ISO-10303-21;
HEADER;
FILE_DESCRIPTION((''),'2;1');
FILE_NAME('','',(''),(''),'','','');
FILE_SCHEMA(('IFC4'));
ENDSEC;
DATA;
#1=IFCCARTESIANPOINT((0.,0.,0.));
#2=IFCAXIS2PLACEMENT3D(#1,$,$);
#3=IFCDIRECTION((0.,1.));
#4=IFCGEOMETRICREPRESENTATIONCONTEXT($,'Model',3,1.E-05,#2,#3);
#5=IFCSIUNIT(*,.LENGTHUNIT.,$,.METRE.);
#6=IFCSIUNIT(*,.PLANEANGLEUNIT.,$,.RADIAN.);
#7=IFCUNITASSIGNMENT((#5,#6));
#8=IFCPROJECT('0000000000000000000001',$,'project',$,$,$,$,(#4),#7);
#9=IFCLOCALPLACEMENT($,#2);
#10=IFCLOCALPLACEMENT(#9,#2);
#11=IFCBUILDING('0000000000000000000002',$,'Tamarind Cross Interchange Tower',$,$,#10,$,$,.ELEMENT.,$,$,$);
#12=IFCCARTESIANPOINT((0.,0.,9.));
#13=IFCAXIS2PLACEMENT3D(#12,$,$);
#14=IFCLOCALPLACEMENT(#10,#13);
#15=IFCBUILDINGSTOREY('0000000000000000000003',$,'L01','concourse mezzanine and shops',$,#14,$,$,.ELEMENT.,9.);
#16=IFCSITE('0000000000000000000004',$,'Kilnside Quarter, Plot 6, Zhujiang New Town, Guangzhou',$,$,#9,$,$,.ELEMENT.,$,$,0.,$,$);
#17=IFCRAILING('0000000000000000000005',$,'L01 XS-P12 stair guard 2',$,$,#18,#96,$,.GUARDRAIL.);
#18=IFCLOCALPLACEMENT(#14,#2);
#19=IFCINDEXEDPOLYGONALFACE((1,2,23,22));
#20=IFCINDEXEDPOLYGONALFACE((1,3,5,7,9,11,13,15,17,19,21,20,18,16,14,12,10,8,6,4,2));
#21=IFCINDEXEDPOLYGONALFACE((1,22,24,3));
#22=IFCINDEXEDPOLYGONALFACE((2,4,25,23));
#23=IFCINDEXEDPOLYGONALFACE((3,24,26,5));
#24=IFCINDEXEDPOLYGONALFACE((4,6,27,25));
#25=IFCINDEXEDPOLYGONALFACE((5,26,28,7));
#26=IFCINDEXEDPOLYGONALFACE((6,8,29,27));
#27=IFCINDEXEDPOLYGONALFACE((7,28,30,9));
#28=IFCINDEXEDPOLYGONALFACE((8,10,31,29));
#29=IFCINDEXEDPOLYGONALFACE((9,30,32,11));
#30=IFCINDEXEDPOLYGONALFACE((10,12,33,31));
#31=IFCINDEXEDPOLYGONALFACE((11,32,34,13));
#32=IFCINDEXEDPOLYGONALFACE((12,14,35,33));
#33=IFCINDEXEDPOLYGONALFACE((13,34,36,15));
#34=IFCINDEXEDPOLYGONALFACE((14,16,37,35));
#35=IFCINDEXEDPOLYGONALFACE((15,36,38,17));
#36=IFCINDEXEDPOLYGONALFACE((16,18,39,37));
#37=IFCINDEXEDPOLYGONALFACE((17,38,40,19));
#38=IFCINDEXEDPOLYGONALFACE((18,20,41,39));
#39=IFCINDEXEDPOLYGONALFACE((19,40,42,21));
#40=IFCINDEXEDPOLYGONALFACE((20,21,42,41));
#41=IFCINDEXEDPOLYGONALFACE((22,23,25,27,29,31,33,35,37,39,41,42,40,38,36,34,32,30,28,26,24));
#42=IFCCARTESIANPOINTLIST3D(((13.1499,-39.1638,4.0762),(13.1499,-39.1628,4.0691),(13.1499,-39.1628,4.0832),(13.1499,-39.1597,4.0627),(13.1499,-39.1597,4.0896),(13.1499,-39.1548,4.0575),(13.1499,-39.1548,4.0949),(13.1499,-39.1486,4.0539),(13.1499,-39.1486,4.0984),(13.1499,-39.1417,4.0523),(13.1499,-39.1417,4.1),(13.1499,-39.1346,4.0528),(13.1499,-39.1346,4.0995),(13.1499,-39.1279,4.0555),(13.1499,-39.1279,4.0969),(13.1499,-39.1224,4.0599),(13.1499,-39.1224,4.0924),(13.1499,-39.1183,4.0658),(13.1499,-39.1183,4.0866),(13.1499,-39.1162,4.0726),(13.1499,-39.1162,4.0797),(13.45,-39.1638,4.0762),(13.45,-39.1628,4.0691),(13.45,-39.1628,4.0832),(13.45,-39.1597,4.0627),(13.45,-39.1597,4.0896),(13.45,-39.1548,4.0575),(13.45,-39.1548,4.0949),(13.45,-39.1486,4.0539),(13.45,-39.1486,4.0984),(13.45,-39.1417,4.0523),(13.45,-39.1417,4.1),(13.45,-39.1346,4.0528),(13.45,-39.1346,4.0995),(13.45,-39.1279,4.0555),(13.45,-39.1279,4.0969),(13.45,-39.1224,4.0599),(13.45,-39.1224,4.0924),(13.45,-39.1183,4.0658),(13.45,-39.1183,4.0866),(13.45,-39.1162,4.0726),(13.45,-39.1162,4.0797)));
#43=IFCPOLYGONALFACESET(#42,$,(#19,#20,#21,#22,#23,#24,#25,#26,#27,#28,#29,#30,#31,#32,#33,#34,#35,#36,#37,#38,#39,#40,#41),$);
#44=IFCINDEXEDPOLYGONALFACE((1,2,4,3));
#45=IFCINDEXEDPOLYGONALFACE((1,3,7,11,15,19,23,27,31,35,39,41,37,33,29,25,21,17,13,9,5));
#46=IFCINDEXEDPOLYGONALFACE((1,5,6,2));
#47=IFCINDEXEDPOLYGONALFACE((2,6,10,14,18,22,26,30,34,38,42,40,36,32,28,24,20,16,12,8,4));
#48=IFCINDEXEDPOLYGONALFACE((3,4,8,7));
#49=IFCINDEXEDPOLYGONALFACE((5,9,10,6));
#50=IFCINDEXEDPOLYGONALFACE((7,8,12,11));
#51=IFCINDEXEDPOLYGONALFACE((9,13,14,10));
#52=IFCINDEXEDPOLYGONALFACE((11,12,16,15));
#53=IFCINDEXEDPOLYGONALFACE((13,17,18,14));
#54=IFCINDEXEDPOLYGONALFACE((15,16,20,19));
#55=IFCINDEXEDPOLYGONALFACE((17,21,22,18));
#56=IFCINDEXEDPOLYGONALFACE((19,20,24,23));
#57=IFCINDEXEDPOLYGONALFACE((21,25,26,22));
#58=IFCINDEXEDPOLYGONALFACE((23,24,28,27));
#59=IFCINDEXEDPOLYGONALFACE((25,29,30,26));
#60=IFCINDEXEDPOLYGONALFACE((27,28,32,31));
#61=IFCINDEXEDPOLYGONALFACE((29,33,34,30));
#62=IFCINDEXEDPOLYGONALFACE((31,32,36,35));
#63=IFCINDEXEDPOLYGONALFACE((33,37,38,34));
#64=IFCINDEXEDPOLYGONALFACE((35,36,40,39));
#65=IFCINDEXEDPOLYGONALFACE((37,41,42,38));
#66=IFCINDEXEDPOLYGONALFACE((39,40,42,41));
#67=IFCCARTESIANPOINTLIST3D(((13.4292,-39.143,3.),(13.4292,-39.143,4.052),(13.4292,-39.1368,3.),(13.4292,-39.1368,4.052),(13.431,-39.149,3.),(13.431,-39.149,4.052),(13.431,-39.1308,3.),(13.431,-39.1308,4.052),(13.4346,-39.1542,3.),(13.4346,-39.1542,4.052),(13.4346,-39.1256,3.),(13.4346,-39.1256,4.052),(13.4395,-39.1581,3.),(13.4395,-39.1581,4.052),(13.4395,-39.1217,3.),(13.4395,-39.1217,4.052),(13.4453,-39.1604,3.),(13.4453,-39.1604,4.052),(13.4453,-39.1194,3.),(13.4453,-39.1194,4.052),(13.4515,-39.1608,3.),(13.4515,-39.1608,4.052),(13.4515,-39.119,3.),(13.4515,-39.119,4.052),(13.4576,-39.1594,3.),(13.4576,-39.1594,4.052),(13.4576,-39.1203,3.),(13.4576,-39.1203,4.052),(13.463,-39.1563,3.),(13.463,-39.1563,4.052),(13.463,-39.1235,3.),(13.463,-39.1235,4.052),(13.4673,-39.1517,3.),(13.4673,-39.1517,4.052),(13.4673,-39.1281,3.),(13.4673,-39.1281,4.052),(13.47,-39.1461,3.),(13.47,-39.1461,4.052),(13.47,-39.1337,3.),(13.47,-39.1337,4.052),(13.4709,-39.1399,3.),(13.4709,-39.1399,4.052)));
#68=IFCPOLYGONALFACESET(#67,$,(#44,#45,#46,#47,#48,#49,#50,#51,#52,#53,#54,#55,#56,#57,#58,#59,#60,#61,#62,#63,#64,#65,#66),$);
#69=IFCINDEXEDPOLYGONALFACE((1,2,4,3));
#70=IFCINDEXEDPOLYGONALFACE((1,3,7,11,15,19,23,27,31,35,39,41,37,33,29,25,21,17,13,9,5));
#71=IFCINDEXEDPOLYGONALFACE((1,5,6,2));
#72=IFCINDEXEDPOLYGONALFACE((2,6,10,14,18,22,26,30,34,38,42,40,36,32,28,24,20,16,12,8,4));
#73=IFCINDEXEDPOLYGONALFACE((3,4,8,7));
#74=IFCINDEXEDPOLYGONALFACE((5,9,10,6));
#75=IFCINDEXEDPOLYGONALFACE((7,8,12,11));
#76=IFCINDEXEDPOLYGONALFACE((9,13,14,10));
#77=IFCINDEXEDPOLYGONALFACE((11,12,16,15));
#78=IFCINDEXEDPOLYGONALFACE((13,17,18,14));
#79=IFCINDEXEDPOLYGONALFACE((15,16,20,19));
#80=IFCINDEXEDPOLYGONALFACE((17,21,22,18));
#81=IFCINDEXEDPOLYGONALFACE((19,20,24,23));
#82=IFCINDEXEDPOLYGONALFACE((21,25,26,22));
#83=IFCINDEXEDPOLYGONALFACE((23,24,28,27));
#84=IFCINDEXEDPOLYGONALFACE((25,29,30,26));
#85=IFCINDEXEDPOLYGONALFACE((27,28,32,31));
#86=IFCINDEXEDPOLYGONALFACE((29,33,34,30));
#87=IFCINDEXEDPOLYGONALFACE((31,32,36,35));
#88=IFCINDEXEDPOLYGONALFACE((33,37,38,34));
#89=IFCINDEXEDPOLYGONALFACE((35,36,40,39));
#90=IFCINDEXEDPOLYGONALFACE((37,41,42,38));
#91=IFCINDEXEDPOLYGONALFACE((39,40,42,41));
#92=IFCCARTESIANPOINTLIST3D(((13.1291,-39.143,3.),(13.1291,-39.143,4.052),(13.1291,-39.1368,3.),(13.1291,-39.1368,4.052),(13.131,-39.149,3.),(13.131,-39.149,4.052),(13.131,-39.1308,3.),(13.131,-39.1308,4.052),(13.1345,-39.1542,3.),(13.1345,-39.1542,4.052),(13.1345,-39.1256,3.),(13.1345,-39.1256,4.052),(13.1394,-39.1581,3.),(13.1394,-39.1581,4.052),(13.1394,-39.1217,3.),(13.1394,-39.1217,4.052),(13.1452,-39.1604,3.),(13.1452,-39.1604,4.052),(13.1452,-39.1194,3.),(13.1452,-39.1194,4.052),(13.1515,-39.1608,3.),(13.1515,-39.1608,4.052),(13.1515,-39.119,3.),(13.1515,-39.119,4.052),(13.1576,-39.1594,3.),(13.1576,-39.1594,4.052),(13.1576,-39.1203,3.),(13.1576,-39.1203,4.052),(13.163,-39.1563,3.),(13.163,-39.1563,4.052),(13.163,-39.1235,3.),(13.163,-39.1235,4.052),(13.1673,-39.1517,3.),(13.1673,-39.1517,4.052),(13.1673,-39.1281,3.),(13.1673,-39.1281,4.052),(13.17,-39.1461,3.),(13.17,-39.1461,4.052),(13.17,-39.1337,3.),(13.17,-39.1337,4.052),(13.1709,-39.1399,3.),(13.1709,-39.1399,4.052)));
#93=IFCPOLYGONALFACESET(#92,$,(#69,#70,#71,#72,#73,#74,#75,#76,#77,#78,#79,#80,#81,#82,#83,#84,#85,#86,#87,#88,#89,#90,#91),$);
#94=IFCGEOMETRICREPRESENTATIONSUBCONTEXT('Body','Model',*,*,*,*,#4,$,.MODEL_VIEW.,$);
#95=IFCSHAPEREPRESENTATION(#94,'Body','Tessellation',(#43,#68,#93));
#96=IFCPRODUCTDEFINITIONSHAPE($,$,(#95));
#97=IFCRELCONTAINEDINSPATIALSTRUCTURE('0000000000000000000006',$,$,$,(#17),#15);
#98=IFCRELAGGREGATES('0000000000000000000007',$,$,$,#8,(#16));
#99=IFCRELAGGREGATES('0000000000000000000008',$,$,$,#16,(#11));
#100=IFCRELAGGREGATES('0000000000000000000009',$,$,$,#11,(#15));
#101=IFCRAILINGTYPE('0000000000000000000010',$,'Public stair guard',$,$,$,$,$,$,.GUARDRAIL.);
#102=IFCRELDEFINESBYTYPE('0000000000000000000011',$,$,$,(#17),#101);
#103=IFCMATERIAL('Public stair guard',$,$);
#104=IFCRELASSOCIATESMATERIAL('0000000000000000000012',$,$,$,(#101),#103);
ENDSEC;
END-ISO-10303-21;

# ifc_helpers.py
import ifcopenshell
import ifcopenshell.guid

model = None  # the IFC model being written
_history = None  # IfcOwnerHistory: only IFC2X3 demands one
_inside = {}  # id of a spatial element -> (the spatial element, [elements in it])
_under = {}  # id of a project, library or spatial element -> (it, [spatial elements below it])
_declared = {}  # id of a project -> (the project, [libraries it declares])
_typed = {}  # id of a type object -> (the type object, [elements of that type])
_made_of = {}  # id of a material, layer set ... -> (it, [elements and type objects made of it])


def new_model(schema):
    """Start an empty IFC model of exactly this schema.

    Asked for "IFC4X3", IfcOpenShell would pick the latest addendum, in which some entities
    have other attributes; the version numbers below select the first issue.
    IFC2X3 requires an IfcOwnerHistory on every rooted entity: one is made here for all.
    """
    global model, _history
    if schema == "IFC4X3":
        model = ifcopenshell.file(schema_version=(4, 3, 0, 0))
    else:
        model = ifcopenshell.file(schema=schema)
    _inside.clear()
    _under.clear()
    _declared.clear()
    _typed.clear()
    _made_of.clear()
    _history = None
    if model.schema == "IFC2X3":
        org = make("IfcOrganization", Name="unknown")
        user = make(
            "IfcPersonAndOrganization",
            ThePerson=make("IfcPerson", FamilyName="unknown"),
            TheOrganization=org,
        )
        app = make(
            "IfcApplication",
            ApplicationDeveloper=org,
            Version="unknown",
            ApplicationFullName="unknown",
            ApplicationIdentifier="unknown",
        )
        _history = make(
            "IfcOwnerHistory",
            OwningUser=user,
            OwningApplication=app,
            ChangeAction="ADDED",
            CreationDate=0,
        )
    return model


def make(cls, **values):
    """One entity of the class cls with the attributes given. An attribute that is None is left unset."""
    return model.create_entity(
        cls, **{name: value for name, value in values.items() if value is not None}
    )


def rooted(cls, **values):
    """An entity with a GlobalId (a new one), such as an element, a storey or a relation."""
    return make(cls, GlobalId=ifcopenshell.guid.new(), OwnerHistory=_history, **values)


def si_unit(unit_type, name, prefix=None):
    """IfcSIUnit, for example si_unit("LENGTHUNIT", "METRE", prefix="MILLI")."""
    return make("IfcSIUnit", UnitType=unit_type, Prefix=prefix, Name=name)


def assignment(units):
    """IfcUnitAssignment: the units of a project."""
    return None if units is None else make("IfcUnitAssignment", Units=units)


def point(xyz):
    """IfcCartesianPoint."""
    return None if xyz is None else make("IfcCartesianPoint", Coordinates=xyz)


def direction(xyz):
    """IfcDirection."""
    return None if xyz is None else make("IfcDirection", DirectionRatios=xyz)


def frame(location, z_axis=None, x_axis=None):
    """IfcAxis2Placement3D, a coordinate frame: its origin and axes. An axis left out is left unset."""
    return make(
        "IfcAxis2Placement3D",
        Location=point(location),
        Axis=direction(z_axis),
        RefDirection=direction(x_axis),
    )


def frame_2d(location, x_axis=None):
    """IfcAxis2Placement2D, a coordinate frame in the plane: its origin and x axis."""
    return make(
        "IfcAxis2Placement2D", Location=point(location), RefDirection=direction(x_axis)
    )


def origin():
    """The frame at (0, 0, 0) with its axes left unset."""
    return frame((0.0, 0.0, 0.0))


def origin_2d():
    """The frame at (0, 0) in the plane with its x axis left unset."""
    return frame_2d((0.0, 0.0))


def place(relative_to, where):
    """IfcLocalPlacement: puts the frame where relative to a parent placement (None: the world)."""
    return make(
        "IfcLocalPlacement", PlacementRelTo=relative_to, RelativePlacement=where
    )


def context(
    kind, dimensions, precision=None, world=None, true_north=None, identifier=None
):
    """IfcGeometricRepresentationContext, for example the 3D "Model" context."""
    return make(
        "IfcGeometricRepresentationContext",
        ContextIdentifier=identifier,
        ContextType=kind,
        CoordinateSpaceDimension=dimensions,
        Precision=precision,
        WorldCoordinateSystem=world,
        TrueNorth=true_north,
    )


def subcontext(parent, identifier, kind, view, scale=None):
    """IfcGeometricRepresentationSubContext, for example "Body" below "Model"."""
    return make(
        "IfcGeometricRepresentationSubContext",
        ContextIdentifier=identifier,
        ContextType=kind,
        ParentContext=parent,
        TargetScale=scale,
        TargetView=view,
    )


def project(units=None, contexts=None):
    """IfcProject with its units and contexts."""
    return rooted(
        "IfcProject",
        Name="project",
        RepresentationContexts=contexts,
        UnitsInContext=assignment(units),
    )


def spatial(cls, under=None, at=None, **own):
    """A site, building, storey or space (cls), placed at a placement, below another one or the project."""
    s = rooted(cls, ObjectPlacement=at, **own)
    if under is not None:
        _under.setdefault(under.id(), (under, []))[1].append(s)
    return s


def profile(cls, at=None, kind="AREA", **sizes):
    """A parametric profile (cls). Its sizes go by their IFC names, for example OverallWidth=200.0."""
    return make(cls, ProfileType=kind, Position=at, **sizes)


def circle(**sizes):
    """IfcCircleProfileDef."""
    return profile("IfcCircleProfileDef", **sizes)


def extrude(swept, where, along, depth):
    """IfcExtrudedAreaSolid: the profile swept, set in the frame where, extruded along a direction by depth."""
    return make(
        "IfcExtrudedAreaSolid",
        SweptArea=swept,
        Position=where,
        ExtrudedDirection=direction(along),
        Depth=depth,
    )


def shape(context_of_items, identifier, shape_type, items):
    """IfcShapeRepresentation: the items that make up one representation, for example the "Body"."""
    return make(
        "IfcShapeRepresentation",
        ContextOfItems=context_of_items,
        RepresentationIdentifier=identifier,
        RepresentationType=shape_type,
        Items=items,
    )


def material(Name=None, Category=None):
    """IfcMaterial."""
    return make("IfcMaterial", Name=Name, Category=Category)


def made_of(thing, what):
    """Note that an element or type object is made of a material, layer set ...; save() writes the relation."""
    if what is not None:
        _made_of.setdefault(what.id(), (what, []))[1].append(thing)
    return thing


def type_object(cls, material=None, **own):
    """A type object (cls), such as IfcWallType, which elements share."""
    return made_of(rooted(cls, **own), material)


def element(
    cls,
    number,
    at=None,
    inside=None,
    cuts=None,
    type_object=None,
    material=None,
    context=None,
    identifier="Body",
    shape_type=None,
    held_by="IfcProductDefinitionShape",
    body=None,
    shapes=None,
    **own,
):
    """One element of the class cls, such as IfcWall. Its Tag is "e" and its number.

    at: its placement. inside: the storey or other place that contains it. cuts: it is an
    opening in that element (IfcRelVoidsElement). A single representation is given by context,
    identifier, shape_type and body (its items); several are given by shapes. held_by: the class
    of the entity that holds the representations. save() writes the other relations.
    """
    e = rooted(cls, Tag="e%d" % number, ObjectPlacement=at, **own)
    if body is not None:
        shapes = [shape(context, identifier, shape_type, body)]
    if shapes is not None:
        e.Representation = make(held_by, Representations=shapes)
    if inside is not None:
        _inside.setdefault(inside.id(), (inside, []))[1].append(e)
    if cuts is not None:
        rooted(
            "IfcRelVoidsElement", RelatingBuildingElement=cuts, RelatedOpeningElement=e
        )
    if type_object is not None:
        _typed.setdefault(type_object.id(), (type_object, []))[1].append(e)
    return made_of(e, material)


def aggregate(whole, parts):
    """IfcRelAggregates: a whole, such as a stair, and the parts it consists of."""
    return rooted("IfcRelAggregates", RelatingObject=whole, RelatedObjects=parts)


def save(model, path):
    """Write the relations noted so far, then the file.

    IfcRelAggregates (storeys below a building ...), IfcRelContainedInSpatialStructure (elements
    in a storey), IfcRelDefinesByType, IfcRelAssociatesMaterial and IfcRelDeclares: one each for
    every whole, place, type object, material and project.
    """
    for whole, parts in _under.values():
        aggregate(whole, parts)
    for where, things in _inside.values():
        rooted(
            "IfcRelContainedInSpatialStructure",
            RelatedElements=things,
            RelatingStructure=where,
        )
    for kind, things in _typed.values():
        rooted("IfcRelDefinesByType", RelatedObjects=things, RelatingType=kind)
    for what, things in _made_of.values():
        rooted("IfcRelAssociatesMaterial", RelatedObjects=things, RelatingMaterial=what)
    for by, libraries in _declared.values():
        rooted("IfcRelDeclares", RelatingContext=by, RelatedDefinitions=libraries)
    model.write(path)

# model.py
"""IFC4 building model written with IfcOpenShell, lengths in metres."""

from ifc_helpers import new_model, si_unit, direction, frame, origin, origin_2d, place, context, subcontext, project, spatial, circle, extrude, material, type_object, element, save


model = new_model("IFC4")

# Units and contexts
model_context = context("Model", 3, precision=1e-05, world=origin(), true_north=direction((0.0, 1.0)))
body_context = subcontext(model_context, "Body", "Model", "MODEL_VIEW")
ifc_project = project(units=[si_unit("LENGTHUNIT", "METRE"), si_unit("PLANEANGLEUNIT", "RADIAN")], contexts=[model_context])

# Site, building, storey
site_placement = place(None, origin())
site = spatial("IfcSite", under=ifc_project, at=site_placement, Name="Kilnside Quarter, Plot 6, Zhujiang New Town, Guangzhou", CompositionType="ELEMENT", RefElevation=0.0)
building_placement = place(site_placement, origin())
building = spatial("IfcBuilding", under=site, at=building_placement, Name="Tamarind Cross Interchange Tower", CompositionType="ELEMENT")
storey_placement = place(building_placement, frame((0.0, 0.0, 9.0)))
storey = spatial("IfcBuildingStorey", under=building, at=storey_placement, Name="L01", Description="concourse mezzanine and shops", CompositionType="ELEMENT", Elevation=9.0)

# Railing
ifc_material_1 = material(Name="Public stair guard")
railing_type_1 = type_object("IfcRailingType", Name="Public stair guard", PredefinedType="GUARDRAIL", material=ifc_material_1)
railing_1_placement = place(storey_placement, frame((13.45, -39.1399, 3.0)))
element("IfcRailing", 1, at=railing_1_placement, inside=storey, type_object=railing_type_1, Name="L01 XS-P12 stair guard 2", PredefinedType="GUARDRAIL", context=body_context, shape_type="SweptSolid", body=[
    extrude(circle(Radius=0.0239, at=origin_2d()), frame((0.0, 0.0, 1.0762), z_axis=(-1.0, 0.0, 0.0), x_axis=(0.0, -1.0, 0.0)), (0.0, 0.0, 1.0), 0.3),
    extrude(circle(Radius=0.021, at=origin_2d()), origin(), (0.0, 0.0, 1.0), 1.052),
    extrude(circle(Radius=0.021, at=origin_2d()), frame((-0.3, 0.0, 0.0)), (0.0, 0.0, 1.0), 1.052),
])

save(model, "model.ifc")
